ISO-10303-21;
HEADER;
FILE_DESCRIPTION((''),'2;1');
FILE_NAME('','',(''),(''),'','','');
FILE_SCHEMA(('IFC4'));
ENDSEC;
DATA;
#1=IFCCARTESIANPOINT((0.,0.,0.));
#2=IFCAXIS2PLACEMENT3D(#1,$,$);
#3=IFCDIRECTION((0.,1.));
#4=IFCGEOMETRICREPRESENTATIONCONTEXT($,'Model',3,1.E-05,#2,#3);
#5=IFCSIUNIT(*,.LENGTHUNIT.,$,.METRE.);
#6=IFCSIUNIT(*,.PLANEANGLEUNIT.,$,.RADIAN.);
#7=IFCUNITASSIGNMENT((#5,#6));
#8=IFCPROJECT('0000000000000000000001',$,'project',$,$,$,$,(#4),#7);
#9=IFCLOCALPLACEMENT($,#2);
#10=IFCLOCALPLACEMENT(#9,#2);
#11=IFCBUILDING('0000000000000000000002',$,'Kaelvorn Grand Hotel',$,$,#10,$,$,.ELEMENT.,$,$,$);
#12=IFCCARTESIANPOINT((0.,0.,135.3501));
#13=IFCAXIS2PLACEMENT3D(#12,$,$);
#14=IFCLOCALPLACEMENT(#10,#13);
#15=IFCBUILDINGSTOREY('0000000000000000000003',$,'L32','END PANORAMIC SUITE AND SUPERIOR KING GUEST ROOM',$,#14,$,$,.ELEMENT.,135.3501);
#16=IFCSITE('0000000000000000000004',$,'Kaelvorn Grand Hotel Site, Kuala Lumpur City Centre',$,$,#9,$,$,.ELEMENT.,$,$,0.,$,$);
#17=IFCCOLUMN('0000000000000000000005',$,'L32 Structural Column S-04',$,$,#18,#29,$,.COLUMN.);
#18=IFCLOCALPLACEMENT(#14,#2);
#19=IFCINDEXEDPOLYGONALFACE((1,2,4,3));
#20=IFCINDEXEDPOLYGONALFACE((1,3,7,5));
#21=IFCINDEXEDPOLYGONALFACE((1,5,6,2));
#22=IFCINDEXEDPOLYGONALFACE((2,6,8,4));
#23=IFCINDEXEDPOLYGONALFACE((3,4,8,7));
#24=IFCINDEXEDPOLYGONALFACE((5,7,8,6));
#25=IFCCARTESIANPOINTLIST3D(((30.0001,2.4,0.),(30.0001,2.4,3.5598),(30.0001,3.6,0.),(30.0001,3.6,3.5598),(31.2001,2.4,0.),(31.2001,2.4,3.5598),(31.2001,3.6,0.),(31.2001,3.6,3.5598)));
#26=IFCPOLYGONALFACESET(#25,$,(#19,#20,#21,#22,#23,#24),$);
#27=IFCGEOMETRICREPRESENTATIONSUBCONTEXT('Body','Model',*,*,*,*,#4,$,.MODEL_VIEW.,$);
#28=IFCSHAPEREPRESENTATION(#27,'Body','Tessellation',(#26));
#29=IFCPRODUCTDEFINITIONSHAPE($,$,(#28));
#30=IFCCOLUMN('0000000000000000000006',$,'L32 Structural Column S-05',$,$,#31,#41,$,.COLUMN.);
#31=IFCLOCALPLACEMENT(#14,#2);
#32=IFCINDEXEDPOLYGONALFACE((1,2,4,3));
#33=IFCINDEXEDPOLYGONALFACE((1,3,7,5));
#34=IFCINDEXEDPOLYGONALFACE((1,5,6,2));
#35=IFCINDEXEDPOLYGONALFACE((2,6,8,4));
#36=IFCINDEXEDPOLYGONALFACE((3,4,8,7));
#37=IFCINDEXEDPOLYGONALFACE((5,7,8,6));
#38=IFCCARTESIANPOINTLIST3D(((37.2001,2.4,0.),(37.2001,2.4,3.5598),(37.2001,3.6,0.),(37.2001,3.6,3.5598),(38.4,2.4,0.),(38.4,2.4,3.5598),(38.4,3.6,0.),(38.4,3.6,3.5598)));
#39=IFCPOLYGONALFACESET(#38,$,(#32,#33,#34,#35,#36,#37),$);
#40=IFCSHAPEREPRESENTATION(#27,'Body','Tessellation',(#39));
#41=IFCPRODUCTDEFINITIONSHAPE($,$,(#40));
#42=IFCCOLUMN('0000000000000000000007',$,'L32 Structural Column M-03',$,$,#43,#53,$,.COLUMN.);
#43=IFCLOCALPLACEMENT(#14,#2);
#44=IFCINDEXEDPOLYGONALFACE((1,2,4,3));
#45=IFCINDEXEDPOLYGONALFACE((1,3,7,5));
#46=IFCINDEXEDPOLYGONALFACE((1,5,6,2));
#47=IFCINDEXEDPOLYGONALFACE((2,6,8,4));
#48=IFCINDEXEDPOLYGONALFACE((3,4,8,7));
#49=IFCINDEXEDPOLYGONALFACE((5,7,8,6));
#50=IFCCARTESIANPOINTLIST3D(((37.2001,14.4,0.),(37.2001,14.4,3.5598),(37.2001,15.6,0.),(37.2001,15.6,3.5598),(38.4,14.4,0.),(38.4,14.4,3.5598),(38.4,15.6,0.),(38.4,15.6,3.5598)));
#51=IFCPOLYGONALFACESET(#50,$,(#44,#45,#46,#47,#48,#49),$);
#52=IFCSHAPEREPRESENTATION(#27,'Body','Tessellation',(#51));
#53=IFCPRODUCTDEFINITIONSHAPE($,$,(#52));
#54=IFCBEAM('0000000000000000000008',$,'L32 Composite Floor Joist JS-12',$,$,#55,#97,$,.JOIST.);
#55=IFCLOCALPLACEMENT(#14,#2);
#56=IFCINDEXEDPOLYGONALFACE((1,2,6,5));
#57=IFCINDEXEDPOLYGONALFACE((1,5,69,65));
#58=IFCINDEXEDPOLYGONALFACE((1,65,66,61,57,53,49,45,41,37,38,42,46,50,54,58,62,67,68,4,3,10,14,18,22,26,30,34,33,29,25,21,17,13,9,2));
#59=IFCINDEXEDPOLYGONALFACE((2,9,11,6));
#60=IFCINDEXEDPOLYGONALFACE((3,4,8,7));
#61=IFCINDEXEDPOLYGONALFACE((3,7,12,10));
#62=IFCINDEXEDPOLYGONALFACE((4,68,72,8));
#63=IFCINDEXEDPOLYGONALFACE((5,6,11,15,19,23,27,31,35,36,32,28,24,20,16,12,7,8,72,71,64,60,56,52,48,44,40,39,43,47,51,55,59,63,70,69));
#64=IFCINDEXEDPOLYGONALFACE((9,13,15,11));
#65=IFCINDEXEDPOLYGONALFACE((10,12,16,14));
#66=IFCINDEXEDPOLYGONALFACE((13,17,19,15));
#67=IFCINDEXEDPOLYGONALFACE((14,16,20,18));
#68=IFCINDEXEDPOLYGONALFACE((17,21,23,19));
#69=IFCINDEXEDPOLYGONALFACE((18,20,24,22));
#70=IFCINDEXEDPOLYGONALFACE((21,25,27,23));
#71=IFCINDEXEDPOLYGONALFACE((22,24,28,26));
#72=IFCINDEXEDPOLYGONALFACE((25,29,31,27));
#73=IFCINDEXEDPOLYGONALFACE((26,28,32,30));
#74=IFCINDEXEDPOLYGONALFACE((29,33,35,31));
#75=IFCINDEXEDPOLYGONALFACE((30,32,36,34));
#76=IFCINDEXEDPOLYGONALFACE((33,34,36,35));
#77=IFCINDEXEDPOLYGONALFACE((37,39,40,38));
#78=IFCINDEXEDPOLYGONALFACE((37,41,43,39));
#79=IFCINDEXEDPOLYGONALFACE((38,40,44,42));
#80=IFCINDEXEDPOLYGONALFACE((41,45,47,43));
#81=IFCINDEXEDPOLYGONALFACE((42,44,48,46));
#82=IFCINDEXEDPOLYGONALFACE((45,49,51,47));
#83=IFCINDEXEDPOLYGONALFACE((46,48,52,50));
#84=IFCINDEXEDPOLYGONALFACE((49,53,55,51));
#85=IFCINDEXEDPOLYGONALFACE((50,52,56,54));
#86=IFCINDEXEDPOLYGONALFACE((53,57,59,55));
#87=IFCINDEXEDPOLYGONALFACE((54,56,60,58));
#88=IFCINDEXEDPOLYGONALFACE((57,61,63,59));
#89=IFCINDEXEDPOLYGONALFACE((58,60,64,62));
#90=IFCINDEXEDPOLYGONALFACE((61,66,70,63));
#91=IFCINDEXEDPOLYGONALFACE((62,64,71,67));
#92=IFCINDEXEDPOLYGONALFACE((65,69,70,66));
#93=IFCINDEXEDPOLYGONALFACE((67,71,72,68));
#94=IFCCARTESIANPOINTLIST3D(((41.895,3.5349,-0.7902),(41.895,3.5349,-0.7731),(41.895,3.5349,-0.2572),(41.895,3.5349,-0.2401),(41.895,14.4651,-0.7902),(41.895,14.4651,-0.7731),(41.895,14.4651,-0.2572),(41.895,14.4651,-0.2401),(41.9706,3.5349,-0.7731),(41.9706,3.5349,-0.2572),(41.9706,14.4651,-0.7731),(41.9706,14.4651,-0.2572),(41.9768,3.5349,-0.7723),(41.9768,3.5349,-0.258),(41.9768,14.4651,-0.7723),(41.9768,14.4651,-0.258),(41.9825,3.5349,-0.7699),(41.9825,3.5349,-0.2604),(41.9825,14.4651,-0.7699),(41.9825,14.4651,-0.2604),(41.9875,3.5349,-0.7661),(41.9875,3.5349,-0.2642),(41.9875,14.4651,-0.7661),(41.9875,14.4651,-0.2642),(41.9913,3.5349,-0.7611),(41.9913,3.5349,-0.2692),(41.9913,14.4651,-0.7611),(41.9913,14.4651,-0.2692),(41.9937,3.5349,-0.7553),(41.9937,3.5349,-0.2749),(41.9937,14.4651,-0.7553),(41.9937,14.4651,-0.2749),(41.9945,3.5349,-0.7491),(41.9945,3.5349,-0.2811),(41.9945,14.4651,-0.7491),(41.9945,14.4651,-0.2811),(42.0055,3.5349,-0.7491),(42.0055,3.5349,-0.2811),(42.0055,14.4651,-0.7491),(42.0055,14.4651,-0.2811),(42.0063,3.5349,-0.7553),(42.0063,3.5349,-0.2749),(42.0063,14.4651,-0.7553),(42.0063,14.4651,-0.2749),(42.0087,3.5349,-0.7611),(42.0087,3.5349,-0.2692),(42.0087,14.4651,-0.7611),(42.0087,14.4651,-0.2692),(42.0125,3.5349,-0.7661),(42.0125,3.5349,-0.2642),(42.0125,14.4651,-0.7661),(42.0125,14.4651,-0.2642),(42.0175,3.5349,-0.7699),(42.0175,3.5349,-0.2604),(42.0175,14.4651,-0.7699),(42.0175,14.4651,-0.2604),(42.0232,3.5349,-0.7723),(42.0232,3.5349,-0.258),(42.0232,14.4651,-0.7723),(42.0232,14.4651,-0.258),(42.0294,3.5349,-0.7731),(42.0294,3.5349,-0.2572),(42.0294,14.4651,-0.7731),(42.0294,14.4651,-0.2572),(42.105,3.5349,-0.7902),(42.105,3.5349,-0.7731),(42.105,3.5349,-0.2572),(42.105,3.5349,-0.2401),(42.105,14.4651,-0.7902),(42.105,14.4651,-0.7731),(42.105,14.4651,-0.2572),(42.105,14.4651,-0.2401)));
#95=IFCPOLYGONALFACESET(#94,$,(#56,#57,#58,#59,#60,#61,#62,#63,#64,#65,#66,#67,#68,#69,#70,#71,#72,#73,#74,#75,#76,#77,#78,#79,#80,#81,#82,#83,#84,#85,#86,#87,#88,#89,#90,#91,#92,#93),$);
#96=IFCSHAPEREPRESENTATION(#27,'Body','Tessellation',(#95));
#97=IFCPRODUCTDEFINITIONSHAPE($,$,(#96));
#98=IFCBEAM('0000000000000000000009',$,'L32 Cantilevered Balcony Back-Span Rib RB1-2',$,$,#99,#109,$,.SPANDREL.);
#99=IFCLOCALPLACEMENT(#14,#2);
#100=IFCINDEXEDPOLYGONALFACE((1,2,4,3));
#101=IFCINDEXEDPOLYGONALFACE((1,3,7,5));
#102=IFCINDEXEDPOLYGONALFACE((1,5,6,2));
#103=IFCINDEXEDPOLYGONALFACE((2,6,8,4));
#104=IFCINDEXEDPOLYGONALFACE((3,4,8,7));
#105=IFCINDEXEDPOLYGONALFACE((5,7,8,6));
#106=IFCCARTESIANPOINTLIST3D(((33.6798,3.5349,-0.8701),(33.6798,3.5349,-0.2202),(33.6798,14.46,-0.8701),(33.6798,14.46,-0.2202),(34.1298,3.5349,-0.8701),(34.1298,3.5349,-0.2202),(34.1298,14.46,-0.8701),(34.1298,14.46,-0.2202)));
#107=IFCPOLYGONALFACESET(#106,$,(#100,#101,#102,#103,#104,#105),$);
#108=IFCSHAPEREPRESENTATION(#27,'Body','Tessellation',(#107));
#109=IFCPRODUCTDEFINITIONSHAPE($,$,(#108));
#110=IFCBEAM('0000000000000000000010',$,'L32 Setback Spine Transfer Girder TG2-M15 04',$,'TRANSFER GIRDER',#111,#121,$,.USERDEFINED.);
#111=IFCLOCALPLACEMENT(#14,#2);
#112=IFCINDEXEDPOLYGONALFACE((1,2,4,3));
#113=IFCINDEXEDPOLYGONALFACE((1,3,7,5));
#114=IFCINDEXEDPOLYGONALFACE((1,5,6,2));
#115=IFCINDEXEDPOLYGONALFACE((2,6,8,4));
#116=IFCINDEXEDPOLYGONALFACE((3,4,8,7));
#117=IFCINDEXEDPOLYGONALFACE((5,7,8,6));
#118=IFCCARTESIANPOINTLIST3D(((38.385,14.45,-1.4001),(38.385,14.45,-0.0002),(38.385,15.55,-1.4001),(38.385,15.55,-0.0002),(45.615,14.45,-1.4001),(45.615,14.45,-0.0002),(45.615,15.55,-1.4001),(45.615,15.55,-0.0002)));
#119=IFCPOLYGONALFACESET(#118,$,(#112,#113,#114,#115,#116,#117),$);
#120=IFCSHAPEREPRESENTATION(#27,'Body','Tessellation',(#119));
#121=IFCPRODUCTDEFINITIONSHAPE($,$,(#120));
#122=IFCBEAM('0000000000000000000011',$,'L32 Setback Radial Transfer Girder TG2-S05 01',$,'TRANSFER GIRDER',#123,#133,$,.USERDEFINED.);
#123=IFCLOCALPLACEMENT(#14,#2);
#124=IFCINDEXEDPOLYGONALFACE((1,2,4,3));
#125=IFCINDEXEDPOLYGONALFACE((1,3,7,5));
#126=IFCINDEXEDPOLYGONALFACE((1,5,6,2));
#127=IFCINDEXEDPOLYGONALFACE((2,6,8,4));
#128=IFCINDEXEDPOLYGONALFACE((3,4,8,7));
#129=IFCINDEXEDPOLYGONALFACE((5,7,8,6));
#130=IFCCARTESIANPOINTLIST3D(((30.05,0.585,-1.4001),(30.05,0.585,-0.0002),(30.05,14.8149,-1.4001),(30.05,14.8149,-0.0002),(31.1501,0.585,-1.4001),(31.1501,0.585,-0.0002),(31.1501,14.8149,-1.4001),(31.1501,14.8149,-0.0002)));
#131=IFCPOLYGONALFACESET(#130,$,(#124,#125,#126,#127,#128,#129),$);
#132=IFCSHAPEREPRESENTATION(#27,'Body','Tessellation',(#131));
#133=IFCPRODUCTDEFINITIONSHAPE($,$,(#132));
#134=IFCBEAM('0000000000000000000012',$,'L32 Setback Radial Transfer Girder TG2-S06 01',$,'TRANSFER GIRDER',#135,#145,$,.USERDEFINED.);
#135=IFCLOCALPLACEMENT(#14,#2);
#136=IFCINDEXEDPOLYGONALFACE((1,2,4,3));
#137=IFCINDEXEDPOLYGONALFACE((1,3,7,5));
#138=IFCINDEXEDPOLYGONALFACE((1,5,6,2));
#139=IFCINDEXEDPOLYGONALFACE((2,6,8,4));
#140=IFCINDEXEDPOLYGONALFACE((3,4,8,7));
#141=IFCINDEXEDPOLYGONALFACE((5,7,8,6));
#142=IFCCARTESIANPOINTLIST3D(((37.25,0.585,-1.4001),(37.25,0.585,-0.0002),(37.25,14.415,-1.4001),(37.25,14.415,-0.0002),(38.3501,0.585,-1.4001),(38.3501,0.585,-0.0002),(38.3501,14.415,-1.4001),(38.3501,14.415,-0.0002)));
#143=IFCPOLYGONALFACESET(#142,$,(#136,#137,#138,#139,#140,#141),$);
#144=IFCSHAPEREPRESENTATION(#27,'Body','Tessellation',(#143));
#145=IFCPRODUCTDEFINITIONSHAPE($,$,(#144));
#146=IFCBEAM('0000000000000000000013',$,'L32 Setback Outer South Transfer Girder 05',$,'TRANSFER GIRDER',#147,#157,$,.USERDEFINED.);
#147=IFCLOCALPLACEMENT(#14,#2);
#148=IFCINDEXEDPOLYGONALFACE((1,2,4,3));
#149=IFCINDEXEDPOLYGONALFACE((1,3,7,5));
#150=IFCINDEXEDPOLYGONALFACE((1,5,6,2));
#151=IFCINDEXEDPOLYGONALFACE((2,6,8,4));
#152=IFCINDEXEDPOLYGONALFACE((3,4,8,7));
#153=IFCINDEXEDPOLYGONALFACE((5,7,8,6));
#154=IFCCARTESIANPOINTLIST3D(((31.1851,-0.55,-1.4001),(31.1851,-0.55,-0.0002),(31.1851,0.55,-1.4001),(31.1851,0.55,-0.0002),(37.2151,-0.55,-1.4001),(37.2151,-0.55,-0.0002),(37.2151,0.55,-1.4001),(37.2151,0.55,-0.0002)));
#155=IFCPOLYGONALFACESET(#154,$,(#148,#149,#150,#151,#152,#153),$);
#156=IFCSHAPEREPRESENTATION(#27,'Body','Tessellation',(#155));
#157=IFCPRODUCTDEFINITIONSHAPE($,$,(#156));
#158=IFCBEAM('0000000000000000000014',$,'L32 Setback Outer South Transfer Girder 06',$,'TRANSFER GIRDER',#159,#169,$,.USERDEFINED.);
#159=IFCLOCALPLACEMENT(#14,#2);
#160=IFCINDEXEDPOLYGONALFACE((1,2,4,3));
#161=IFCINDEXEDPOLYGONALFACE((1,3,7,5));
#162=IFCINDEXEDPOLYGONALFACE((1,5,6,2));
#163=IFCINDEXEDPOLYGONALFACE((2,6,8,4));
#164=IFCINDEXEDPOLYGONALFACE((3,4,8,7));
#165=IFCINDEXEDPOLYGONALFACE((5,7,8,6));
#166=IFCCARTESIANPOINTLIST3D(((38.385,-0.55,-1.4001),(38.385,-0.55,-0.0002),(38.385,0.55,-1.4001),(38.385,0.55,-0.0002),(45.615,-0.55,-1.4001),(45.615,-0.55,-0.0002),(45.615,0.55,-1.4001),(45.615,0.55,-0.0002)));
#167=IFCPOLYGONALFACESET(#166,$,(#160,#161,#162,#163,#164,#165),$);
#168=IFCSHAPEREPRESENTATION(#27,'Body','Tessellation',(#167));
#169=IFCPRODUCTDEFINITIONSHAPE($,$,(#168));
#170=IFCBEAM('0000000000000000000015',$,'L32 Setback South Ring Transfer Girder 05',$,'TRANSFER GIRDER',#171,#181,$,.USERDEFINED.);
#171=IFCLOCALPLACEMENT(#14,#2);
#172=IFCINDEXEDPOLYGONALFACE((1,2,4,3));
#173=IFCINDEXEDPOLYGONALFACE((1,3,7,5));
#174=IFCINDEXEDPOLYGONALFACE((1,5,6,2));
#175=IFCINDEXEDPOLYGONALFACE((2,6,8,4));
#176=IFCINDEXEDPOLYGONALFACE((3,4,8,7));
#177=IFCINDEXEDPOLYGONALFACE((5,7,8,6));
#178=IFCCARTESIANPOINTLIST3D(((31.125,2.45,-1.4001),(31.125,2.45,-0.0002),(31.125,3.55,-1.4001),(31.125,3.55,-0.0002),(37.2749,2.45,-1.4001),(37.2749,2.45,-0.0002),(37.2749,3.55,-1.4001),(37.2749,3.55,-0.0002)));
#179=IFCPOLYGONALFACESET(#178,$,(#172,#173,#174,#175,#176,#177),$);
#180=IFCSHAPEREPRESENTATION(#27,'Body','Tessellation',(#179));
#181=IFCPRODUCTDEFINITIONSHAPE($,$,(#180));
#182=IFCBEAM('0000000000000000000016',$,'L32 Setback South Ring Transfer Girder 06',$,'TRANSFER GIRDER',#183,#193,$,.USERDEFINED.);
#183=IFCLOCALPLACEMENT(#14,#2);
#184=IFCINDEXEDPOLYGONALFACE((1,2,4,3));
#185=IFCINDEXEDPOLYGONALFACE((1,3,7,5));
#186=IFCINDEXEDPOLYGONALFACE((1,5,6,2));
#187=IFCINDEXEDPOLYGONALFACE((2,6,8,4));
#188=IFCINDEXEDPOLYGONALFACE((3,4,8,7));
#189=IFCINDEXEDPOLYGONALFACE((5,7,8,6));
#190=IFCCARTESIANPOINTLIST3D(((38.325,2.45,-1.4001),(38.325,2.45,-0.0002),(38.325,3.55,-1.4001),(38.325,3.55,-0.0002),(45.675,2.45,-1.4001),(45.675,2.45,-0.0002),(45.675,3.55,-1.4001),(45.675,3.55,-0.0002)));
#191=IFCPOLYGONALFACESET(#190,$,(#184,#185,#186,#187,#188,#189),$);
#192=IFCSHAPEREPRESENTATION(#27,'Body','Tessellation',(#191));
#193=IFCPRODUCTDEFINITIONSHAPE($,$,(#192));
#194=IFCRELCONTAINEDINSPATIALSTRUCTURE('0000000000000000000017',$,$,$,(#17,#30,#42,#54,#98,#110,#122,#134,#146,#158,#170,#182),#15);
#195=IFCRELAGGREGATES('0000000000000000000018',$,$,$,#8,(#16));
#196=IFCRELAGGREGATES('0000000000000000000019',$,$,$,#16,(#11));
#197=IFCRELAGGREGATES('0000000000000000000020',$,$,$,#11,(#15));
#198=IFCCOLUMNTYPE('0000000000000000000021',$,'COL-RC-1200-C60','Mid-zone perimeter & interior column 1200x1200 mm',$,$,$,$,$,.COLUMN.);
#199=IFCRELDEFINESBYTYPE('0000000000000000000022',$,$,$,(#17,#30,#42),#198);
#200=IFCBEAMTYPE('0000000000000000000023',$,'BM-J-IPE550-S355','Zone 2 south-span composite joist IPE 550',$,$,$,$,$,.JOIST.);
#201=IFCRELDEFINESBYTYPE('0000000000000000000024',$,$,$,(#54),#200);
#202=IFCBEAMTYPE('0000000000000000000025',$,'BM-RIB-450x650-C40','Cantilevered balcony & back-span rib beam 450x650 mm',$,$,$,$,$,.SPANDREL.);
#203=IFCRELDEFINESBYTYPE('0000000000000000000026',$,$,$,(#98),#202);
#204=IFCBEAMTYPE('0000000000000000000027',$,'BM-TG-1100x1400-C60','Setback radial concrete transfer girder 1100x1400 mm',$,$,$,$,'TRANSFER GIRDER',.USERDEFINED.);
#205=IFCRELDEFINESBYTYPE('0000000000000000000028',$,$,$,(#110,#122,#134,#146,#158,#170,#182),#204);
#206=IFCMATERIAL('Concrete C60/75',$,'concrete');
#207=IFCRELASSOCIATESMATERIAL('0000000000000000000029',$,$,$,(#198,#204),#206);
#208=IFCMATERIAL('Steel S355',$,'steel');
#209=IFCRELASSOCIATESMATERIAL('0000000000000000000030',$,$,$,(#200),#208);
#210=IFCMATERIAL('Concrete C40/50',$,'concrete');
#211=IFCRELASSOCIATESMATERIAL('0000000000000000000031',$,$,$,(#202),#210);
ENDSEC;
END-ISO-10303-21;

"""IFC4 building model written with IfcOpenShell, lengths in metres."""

from ifc_helpers import new_model, si_unit, direction, frame, origin, origin_2d, place, context, subcontext, project, spatial, rectangle, i_section, extrude, material, material_profile, profile_set, type_object, element, save


model = new_model("IFC4")

# Units and contexts
model_context = context("Model", 3, precision=1e-05, world=origin(), true_north=direction((0.0, 1.0)))
body_context = subcontext(model_context, "Body", "Model", "MODEL_VIEW")
ifc_project = project(units=[si_unit("LENGTHUNIT", "METRE"), si_unit("PLANEANGLEUNIT", "RADIAN")], contexts=[model_context])

# Site, building, storey
site_placement = place(None, origin())
site = spatial("IfcSite", under=ifc_project, at=site_placement, Name="Kaelvorn Grand Hotel Site, Kuala Lumpur City Centre", CompositionType="ELEMENT", RefElevation=0.0)
building_placement = place(site_placement, origin())
building = spatial("IfcBuilding", under=site, at=building_placement, Name="Kaelvorn Grand Hotel", CompositionType="ELEMENT")
storey_placement = place(building_placement, frame((0.0, 0.0, 135.3501)))
storey = spatial("IfcBuildingStorey", under=building, at=storey_placement, Name="L32", Description="END PANORAMIC SUITE AND SUPERIOR KING GUEST ROOM", CompositionType="ELEMENT", Elevation=135.3501)

# Columns
ifc_material_1 = material(Name="Concrete C60/75", Category="concrete")
ifc_material_profile_1 = material_profile(ifc_material_1, rectangle(XDim=1.2, YDim=1.2, at=origin_2d()), Name="RC COL 1200x1200")
ifc_profile_set_1 = profile_set([ifc_material_profile_1], Name="Concrete C60/75")
column_type = type_object("IfcColumnType", Name="COL-RC-1200-C60", Description="Mid-zone perimeter & interior column 1200x1200 mm", PredefinedType="COLUMN", material=ifc_profile_set_1)
for number, where, z_axis, x_axis, name in (
    (1, (30.6001, 3.0, 0.0), (0.0, 0.0, 1.0), (1.0, 0.0, 0.0), "L32 Structural Column S-04"),
    (2, (37.8, 3.0, 0.0), (0.0, 0.0, 1.0), (1.0, 0.0, 0.0), "L32 Structural Column S-05"),
    (3, (37.8, 15.0, 0.0), (0.0, 0.0, 1.0), (1.0, 0.0, 0.0), "L32 Structural Column M-03"),
):
    element("IfcColumn", number, at=place(storey_placement, frame(where, z_axis=z_axis, x_axis=x_axis)), inside=storey, type_object=column_type, Name=name, PredefinedType="COLUMN", context=body_context, shape_type="SweptSolid", body=[
        extrude(rectangle(XDim=1.2, YDim=1.2, at=origin_2d()), origin(), (0.0, 0.0, 1.0), 3.5598),
    ])

# Beams
ifc_material_2 = material(Name="Steel S355", Category="steel")
ifc_material_profile_2 = material_profile(ifc_material_2, i_section(OverallWidth=0.21, OverallDepth=0.55, WebThickness=0.011, FlangeThickness=0.0171, FilletRadius=0.0239, at=origin_2d()), Name="IPE 550")
ifc_profile_set_2 = profile_set([ifc_material_profile_2], Name="Steel S355")
beam_type_1 = type_object("IfcBeamType", Name="BM-J-IPE550-S355", Description="Zone 2 south-span composite joist IPE 550", PredefinedType="JOIST", material=ifc_profile_set_2)
beam_1_placement = place(storey_placement, frame((42.0, 3.5349, -0.5151), z_axis=(0.0, 1.0, 0.0), x_axis=(-1.0, 0.0, 0.0)))
element("IfcBeam", 4, at=beam_1_placement, inside=storey, type_object=beam_type_1, Name="L32 Composite Floor Joist JS-12", PredefinedType="JOIST", context=body_context, shape_type="SweptSolid", body=[
    extrude(i_section(OverallWidth=0.21, OverallDepth=0.55, WebThickness=0.011, FlangeThickness=0.0171, FilletRadius=0.0239, at=origin_2d()), origin(), (0.0, 0.0, 1.0), 10.9302),
])
ifc_material_3 = material(Name="Concrete C40/50", Category="concrete")
ifc_material_profile_3 = material_profile(ifc_material_3, rectangle(XDim=0.45, YDim=0.6499, at=origin_2d()), Name="RC RIB 450x650")
ifc_profile_set_3 = profile_set([ifc_material_profile_3], Name="Concrete C40/50")
beam_type_2 = type_object("IfcBeamType", Name="BM-RIB-450x650-C40", Description="Cantilevered balcony & back-span rib beam 450x650 mm", PredefinedType="SPANDREL", material=ifc_profile_set_3)
beam_2_placement = place(storey_placement, frame((33.9048, 3.5349, -0.5452), z_axis=(0.0, 1.0, 0.0), x_axis=(-1.0, 0.0, 0.0)))
element("IfcBeam", 5, at=beam_2_placement, inside=storey, type_object=beam_type_2, Name="L32 Cantilevered Balcony Back-Span Rib RB1-2", PredefinedType="SPANDREL", context=body_context, shape_type="SweptSolid", body=[
    extrude(rectangle(XDim=0.45, YDim=0.6499, at=origin_2d()), origin(), (0.0, 0.0, 1.0), 10.925),
])
ifc_material_profile_4 = material_profile(ifc_material_1, rectangle(XDim=1.1001, YDim=1.3999, at=origin_2d()), Name="RC TG 1100x1400")
ifc_profile_set_4 = profile_set([ifc_material_profile_4], Name="Concrete C60/75")
beam_type_3 = type_object("IfcBeamType", Name="BM-TG-1100x1400-C60", Description="Setback radial concrete transfer girder 1100x1400 mm", ElementType="TRANSFER GIRDER", PredefinedType="USERDEFINED", material=ifc_profile_set_4)
beam_3_placement = place(storey_placement, frame((38.385, 15.0, -0.7002), z_axis=(1.0, 0.0, 0.0), x_axis=(0.0, 1.0, 0.0)))
element("IfcBeam", 6, at=beam_3_placement, inside=storey, type_object=beam_type_3, Name="L32 Setback Spine Transfer Girder TG2-M15 04", ObjectType="TRANSFER GIRDER", PredefinedType="USERDEFINED", context=body_context, shape_type="SweptSolid", body=[
    extrude(rectangle(XDim=1.1001, YDim=1.3999, at=origin_2d()), origin(), (0.0, 0.0, 1.0), 7.23),
])
beam_4_placement = place(storey_placement, frame((30.6001, 0.585, -0.7002), z_axis=(0.0, 1.0, 0.0), x_axis=(-1.0, 0.0, 0.0)))
element("IfcBeam", 7, at=beam_4_placement, inside=storey, type_object=beam_type_3, Name="L32 Setback Radial Transfer Girder TG2-S05 01", ObjectType="TRANSFER GIRDER", PredefinedType="USERDEFINED", context=body_context, shape_type="SweptSolid", body=[
    extrude(rectangle(XDim=1.1001, YDim=1.3999, at=origin_2d()), origin(), (0.0, 0.0, 1.0), 14.23),
])
beam_5_placement = place(storey_placement, frame((37.8, 0.585, -0.7002), z_axis=(0.0, 1.0, 0.0), x_axis=(-1.0, 0.0, 0.0)))
element("IfcBeam", 8, at=beam_5_placement, inside=storey, type_object=beam_type_3, Name="L32 Setback Radial Transfer Girder TG2-S06 01", ObjectType="TRANSFER GIRDER", PredefinedType="USERDEFINED", context=body_context, shape_type="SweptSolid", body=[
    extrude(rectangle(XDim=1.1001, YDim=1.3999, at=origin_2d()), origin(), (0.0, 0.0, 1.0), 13.8301),
])
beam_6_placement = place(storey_placement, frame((31.1851, 0.0, -0.7002), z_axis=(1.0, 0.0, 0.0), x_axis=(0.0, 1.0, 0.0)))
element("IfcBeam", 9, at=beam_6_placement, inside=storey, type_object=beam_type_3, Name="L32 Setback Outer South Transfer Girder 05", ObjectType="TRANSFER GIRDER", PredefinedType="USERDEFINED", context=body_context, shape_type="SweptSolid", body=[
    extrude(rectangle(XDim=1.1001, YDim=1.3999, at=origin_2d()), origin(), (0.0, 0.0, 1.0), 6.03),
])
beam_7_placement = place(storey_placement, frame((38.385, 0.0, -0.7002), z_axis=(1.0, 0.0, 0.0), x_axis=(0.0, 1.0, 0.0)))
element("IfcBeam", 10, at=beam_7_placement, inside=storey, type_object=beam_type_3, Name="L32 Setback Outer South Transfer Girder 06", ObjectType="TRANSFER GIRDER", PredefinedType="USERDEFINED", context=body_context, shape_type="SweptSolid", body=[
    extrude(rectangle(XDim=1.1001, YDim=1.3999, at=origin_2d()), origin(), (0.0, 0.0, 1.0), 7.23),
])
beam_8_placement = place(storey_placement, frame((31.125, 3.0, -0.7002), z_axis=(1.0, 0.0, 0.0), x_axis=(0.0, 1.0, 0.0)))
element("IfcBeam", 11, at=beam_8_placement, inside=storey, type_object=beam_type_3, Name="L32 Setback South Ring Transfer Girder 05", ObjectType="TRANSFER GIRDER", PredefinedType="USERDEFINED", context=body_context, shape_type="SweptSolid", body=[
    extrude(rectangle(XDim=1.1001, YDim=1.3999, at=origin_2d()), origin(), (0.0, 0.0, 1.0), 6.1499),
])
beam_9_placement = place(storey_placement, frame((38.325, 3.0, -0.7002), z_axis=(1.0, 0.0, 0.0), x_axis=(0.0, 1.0, 0.0)))
element("IfcBeam", 12, at=beam_9_placement, inside=storey, type_object=beam_type_3, Name="L32 Setback South Ring Transfer Girder 06", ObjectType="TRANSFER GIRDER", PredefinedType="USERDEFINED", context=body_context, shape_type="SweptSolid", body=[
    extrude(rectangle(XDim=1.1001, YDim=1.3999, at=origin_2d()), origin(), (0.0, 0.0, 1.0), 7.3501),
])

save(model, "model.ifc")
